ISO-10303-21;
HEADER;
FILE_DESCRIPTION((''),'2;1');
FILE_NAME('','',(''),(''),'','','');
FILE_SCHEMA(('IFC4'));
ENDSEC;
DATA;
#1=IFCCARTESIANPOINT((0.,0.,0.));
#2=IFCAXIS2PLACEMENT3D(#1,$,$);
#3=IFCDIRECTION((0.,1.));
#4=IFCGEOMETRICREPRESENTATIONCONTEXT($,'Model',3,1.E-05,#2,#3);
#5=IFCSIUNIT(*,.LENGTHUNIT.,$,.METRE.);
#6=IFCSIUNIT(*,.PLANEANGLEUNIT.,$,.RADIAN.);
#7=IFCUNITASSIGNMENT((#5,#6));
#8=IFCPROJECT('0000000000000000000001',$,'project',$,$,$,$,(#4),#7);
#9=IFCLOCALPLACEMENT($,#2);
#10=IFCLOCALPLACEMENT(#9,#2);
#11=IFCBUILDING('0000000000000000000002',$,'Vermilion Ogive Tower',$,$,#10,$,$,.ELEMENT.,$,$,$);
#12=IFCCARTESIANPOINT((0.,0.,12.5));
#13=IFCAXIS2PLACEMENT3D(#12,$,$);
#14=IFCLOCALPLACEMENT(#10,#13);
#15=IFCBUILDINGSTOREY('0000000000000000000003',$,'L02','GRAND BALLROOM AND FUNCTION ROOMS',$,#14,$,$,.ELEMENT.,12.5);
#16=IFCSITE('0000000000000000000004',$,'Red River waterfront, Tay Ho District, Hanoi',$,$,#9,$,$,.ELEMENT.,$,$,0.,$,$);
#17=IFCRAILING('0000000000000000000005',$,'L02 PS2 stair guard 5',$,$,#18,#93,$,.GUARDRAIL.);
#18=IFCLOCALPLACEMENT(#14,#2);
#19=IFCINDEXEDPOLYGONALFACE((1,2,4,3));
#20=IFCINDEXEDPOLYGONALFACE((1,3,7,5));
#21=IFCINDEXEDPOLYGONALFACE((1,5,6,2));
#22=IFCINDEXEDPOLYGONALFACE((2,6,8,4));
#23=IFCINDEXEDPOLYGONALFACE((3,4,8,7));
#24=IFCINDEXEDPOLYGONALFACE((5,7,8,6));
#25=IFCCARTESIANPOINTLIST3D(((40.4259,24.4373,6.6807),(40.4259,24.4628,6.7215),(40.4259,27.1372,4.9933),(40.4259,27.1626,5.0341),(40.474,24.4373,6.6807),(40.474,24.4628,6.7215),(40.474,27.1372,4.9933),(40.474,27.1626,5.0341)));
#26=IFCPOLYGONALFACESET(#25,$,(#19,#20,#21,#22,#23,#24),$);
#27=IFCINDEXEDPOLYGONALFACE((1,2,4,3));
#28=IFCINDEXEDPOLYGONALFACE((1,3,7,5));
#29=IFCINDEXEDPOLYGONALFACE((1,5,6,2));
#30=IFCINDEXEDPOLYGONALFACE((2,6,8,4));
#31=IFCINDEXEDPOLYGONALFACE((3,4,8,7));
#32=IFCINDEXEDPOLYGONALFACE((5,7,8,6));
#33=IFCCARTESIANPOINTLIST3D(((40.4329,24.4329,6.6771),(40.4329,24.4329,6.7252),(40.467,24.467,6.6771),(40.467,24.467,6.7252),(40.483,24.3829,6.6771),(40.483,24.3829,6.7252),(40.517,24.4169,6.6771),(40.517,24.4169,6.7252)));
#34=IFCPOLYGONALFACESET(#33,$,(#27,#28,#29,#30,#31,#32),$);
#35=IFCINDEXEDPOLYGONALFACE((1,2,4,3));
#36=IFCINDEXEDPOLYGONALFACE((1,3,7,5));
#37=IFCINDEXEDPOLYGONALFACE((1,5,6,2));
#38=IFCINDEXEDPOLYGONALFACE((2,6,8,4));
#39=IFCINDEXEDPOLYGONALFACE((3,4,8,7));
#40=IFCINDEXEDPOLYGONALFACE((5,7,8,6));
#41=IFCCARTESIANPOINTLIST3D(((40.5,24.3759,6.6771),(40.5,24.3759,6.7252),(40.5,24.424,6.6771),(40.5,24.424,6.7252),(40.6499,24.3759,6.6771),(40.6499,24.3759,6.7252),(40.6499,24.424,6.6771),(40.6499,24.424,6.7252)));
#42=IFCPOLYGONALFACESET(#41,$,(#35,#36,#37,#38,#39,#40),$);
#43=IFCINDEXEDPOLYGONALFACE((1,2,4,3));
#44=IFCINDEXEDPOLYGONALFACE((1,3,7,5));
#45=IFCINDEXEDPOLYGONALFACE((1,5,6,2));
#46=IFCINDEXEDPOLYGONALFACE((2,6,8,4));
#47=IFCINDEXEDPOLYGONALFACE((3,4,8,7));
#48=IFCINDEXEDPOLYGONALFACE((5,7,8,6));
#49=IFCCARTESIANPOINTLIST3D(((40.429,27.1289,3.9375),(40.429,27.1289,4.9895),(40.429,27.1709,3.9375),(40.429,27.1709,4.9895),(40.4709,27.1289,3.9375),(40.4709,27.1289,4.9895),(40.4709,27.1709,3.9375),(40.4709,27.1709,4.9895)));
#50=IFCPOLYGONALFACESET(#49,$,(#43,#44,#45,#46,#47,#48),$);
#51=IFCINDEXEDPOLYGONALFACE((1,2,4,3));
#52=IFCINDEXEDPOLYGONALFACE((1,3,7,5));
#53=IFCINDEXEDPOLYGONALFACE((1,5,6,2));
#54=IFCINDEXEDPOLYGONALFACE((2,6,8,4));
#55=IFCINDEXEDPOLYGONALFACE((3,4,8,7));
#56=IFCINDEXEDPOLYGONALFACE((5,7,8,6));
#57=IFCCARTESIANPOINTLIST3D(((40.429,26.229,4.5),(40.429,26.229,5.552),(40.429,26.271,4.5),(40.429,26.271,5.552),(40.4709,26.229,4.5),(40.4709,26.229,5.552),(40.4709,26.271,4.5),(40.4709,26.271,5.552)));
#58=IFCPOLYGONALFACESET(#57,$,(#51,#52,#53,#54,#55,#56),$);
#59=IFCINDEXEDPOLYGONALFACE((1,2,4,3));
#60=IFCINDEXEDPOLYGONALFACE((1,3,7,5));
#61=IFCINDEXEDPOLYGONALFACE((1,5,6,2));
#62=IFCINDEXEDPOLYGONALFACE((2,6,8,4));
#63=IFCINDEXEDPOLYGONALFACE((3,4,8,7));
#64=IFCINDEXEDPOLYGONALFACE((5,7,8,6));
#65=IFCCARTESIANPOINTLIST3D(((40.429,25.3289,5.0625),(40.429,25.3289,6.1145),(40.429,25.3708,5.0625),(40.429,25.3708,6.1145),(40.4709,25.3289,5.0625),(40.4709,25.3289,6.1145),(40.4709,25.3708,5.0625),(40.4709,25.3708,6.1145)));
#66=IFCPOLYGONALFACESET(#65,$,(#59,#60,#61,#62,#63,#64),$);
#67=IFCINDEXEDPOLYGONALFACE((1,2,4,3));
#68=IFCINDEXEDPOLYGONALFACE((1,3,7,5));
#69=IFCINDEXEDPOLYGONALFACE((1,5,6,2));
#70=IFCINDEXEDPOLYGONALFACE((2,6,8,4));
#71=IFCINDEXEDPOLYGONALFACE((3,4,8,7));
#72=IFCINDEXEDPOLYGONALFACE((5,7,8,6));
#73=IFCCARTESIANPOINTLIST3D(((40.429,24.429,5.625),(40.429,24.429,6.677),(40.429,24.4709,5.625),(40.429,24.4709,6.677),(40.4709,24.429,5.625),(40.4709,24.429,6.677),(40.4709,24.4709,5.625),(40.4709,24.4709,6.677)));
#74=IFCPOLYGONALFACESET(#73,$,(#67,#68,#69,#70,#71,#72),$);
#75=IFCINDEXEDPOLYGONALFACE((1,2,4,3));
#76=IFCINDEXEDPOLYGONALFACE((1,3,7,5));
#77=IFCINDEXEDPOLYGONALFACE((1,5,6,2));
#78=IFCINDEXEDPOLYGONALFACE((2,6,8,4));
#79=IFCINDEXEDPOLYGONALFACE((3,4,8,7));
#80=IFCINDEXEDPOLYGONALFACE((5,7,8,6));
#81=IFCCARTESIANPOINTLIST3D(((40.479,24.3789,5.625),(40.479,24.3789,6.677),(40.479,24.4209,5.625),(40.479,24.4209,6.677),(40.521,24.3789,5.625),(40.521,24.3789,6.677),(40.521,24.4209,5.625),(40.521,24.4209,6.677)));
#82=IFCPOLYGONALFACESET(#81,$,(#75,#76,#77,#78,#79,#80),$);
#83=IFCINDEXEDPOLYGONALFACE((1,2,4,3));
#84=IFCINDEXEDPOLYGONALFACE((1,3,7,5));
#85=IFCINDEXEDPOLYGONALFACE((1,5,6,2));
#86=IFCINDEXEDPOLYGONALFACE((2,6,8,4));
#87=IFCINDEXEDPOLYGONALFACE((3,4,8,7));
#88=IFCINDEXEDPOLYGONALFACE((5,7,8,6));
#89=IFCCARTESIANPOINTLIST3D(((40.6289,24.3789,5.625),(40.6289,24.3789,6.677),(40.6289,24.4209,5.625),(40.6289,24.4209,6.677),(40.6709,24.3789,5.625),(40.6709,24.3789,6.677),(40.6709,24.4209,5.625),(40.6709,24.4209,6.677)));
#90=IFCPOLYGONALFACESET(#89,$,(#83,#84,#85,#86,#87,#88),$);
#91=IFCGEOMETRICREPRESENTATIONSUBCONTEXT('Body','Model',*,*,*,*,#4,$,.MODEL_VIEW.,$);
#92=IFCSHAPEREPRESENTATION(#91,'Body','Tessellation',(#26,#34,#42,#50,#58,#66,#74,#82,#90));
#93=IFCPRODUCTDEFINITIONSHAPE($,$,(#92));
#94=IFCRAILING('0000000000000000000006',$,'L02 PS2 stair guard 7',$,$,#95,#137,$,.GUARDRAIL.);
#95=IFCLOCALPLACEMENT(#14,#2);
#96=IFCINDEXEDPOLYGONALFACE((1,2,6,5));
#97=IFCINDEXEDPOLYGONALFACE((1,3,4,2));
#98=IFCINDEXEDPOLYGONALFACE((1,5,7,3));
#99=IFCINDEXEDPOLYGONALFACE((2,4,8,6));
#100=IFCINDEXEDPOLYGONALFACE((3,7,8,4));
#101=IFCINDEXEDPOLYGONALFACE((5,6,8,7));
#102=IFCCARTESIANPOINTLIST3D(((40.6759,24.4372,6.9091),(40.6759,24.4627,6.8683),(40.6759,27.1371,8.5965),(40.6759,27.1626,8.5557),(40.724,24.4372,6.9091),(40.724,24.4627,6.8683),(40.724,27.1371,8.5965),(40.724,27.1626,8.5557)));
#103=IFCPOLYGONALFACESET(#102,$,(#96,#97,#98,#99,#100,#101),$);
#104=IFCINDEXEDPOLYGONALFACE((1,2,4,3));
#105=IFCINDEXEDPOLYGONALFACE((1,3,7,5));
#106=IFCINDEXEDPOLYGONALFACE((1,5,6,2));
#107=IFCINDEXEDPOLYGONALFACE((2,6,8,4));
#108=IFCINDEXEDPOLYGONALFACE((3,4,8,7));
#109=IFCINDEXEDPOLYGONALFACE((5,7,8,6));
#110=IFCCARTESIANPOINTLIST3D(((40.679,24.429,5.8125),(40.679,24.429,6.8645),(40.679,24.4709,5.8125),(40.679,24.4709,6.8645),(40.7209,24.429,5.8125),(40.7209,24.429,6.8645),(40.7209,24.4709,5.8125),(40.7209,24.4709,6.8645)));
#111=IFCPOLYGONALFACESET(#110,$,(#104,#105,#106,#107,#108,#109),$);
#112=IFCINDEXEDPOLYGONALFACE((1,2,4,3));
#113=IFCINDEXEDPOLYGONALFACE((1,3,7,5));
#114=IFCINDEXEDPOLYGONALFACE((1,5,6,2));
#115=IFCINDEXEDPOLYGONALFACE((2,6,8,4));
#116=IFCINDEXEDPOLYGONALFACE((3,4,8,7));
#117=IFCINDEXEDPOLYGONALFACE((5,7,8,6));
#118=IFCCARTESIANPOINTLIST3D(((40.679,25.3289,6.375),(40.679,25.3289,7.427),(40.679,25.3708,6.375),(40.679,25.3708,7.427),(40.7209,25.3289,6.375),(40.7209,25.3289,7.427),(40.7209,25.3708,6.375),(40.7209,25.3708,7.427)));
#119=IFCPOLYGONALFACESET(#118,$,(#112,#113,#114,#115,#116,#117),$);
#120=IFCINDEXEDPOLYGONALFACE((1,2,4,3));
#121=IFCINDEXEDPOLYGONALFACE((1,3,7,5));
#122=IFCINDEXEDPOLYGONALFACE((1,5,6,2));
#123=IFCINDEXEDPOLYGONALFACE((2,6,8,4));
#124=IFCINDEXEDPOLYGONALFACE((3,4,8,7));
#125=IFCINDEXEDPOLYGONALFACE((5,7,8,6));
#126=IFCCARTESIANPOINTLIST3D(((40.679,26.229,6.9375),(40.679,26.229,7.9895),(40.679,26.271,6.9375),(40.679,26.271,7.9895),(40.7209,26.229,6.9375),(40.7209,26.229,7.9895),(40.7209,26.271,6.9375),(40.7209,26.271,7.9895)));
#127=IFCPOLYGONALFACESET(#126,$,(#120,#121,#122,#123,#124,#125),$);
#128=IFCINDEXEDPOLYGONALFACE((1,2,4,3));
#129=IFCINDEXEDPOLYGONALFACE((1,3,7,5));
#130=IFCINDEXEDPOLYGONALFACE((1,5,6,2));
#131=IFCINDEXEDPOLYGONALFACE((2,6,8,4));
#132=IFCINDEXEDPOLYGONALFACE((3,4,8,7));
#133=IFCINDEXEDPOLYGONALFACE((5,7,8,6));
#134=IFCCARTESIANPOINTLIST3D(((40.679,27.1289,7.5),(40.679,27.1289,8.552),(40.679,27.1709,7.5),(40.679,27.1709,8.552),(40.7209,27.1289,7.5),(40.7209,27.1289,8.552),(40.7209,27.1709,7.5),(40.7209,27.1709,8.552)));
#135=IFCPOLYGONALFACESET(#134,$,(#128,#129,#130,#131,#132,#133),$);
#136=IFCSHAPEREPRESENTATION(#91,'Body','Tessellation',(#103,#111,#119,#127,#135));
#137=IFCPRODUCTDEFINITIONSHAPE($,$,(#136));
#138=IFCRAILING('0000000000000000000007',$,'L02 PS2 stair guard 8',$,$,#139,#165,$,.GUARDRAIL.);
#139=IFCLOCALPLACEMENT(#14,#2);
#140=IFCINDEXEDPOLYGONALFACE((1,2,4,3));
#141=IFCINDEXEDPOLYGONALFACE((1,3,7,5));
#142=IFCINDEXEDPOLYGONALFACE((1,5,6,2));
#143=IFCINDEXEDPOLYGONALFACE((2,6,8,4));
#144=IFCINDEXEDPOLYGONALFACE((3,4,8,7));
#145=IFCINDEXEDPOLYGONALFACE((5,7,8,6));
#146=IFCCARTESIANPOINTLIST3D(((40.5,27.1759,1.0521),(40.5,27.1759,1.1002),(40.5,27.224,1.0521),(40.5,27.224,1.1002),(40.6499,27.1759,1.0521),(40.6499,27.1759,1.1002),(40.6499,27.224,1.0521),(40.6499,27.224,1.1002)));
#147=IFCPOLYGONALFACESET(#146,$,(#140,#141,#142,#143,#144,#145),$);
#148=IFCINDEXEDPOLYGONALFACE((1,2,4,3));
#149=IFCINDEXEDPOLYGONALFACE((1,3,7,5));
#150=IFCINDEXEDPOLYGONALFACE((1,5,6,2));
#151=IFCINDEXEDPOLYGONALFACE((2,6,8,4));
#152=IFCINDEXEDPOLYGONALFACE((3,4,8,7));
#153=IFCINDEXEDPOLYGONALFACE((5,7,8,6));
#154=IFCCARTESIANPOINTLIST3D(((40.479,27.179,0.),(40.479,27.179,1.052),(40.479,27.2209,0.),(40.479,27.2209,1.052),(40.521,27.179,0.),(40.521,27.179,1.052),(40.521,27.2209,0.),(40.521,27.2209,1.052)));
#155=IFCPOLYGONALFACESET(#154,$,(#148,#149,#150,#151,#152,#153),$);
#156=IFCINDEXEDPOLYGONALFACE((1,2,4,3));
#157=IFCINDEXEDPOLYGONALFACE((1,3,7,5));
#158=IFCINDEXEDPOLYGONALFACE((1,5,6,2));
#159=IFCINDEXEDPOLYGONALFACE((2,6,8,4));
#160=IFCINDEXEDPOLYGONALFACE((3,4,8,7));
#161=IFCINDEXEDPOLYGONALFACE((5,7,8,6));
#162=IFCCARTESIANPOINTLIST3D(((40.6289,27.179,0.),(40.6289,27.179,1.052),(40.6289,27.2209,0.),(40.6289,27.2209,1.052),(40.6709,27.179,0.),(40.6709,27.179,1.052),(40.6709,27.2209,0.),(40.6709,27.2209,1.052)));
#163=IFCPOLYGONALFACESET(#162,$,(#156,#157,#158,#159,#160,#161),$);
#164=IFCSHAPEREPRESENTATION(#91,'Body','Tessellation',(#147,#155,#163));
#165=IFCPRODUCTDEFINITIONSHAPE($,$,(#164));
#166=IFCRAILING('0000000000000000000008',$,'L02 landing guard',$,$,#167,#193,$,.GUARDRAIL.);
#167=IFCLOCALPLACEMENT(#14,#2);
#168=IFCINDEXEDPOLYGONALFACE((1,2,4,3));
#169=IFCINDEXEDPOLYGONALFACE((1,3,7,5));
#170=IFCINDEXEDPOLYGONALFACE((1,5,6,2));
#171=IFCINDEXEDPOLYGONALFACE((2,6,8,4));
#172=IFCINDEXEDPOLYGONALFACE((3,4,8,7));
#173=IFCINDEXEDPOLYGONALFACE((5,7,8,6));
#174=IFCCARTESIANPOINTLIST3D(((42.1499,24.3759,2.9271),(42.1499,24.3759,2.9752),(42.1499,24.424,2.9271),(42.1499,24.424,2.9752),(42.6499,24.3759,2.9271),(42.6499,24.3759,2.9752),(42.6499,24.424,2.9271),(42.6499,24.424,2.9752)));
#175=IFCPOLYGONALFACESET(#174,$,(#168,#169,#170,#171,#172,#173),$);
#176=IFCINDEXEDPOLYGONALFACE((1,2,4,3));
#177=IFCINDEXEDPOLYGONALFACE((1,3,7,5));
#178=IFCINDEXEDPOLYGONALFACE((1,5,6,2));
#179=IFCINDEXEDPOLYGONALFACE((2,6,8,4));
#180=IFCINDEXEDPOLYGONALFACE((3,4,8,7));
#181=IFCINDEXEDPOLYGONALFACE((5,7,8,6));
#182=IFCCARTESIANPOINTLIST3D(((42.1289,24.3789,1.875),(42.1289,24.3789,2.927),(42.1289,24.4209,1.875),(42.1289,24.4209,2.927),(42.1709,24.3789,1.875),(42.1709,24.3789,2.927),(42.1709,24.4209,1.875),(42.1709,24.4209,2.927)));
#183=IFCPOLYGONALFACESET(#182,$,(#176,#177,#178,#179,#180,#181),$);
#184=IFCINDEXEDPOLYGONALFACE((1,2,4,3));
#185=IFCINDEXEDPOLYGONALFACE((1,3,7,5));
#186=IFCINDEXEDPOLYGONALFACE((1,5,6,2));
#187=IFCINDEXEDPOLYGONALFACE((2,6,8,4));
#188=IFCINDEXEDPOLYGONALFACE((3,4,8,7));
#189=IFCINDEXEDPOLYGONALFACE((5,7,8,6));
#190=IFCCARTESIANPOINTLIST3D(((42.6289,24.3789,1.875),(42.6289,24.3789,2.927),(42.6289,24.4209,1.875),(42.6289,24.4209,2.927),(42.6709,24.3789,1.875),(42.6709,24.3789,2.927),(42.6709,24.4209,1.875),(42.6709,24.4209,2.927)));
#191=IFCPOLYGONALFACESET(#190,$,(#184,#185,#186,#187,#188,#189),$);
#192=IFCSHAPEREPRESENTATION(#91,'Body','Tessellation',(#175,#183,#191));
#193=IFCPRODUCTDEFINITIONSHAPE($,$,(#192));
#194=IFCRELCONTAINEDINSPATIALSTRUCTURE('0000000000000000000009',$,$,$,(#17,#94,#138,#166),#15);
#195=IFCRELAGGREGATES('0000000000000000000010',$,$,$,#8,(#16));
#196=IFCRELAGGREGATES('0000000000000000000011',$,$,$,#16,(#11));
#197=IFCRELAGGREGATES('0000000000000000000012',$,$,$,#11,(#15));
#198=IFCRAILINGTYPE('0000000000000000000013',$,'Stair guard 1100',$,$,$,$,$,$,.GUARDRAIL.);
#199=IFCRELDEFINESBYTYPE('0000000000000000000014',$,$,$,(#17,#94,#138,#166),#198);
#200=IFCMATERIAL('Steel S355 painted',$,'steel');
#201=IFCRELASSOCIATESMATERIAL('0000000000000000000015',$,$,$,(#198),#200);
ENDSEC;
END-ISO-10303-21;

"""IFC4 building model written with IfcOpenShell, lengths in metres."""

from ifc_helpers import new_model, si_unit, direction, frame, origin, origin_2d, place, context, subcontext, project, spatial, rectangle, extrude, material, type_object, element, save


model = new_model("IFC4")

# Units and contexts
model_context = context("Model", 3, precision=1e-05, world=origin(), true_north=direction((0.0, 1.0)))
body_context = subcontext(model_context, "Body", "Model", "MODEL_VIEW")
ifc_project = project(units=[si_unit("LENGTHUNIT", "METRE"), si_unit("PLANEANGLEUNIT", "RADIAN")], contexts=[model_context])

# Site, building, storey
site_placement = place(None, origin())
site = spatial("IfcSite", under=ifc_project, at=site_placement, Name="Red River waterfront, Tay Ho District, Hanoi", CompositionType="ELEMENT", RefElevation=0.0)
building_placement = place(site_placement, origin())
building = spatial("IfcBuilding", under=site, at=building_placement, Name="Vermilion Ogive Tower", CompositionType="ELEMENT")
storey_placement = place(building_placement, frame((0.0, 0.0, 12.5)))
storey = spatial("IfcBuildingStorey", under=building, at=storey_placement, Name="L02", Description="GRAND BALLROOM AND FUNCTION ROOMS", CompositionType="ELEMENT", Elevation=12.5)

# Railings
ifc_material_1 = material(Name="Steel S355 painted", Category="steel")
railing_type_1 = type_object("IfcRailingType", Name="Stair guard 1100", PredefinedType="GUARDRAIL", material=ifc_material_1)
railing_1_placement = place(storey_placement, frame((40.45, 27.1499, 3.9375)))
element("IfcRailing", 1, at=railing_1_placement, inside=storey, type_object=railing_type_1, Name="L02 PS2 stair guard 5", PredefinedType="GUARDRAIL", context=body_context, shape_type="SweptSolid", body=[
    extrude(rectangle(XDim=0.0481, YDim=0.0481, at=origin_2d()), frame((0.0, 0.0, 1.0762), z_axis=(0.0, -0.847994, 0.530006), x_axis=(1.0, 0.0, 0.0)), (0.0, 0.0, 1.0), 3.1838),
    extrude(rectangle(XDim=0.0481, YDim=0.0481, at=origin_2d()), frame((0.0, -2.7, 2.7637), z_axis=(0.707107, -0.707107, 0.0), x_axis=(0.707107, 0.707107, 0.0)), (0.0, 0.0, 1.0), 0.0708),
    extrude(rectangle(XDim=0.0481, YDim=0.0481, at=origin_2d()), frame((0.05, -2.75, 2.7637), z_axis=(1.0, 0.0, 0.0), x_axis=(0.0, 1.0, 0.0)), (0.0, 0.0, 1.0), 0.1499),
    extrude(rectangle(XDim=0.042, YDim=0.042, at=origin_2d()), origin(), (0.0, 0.0, 1.0), 1.052),
    extrude(rectangle(XDim=0.042, YDim=0.042, at=origin_2d()), frame((0.0, -0.8999, 0.5625)), (0.0, 0.0, 1.0), 1.052),
    extrude(rectangle(XDim=0.042, YDim=0.042, at=origin_2d()), frame((0.0, -1.8, 1.125)), (0.0, 0.0, 1.0), 1.052),
    extrude(rectangle(XDim=0.042, YDim=0.042, at=origin_2d()), frame((0.0, -2.7, 1.6875)), (0.0, 0.0, 1.0), 1.052),
    extrude(rectangle(XDim=0.042, YDim=0.042, at=origin_2d()), frame((0.05, -2.75, 1.6875)), (0.0, 0.0, 1.0), 1.052),
    extrude(rectangle(XDim=0.042, YDim=0.042, at=origin_2d()), frame((0.2, -2.75, 1.6875)), (0.0, 0.0, 1.0), 1.052),
])
railing_2_placement = place(storey_placement, frame((40.7, 24.45, 5.8125)))
element("IfcRailing", 2, at=railing_2_placement, inside=storey, type_object=railing_type_1, Name="L02 PS2 stair guard 7", PredefinedType="GUARDRAIL", context=body_context, shape_type="SweptSolid", body=[
    extrude(rectangle(XDim=0.0481, YDim=0.0481, at=origin_2d()), frame((0.0, 0.0, 1.0762), z_axis=(0.0, 0.847994, 0.530006), x_axis=(-1.0, 0.0, 0.0)), (0.0, 0.0, 1.0), 3.1838),
    extrude(rectangle(XDim=0.042, YDim=0.042, at=origin_2d()), origin(), (0.0, 0.0, 1.0), 1.052),
    extrude(rectangle(XDim=0.042, YDim=0.042, at=origin_2d()), frame((0.0, 0.8999, 0.5625)), (0.0, 0.0, 1.0), 1.052),
    extrude(rectangle(XDim=0.042, YDim=0.042, at=origin_2d()), frame((0.0, 1.8, 1.125)), (0.0, 0.0, 1.0), 1.052),
    extrude(rectangle(XDim=0.042, YDim=0.042, at=origin_2d()), frame((0.0, 2.7, 1.6875)), (0.0, 0.0, 1.0), 1.052),
])
railing_3_placement = place(storey_placement, frame((40.5, 27.2, 0.0)))
element("IfcRailing", 3, at=railing_3_placement, inside=storey, type_object=railing_type_1, Name="L02 PS2 stair guard 8", PredefinedType="GUARDRAIL", context=body_context, shape_type="SweptSolid", body=[
    extrude(rectangle(XDim=0.0481, YDim=0.0481, at=origin_2d()), frame((0.0, 0.0, 1.0762), z_axis=(1.0, 0.0, 0.0), x_axis=(0.0, 1.0, 0.0)), (0.0, 0.0, 1.0), 0.1499),
    extrude(rectangle(XDim=0.042, YDim=0.042, at=origin_2d()), origin(), (0.0, 0.0, 1.0), 1.052),
    extrude(rectangle(XDim=0.042, YDim=0.042, at=origin_2d()), frame((0.1499, 0.0, 0.0)), (0.0, 0.0, 1.0), 1.052),
])
railing_4_placement = place(storey_placement, frame((42.1499, 24.3999, 1.875)))
element("IfcRailing", 4, at=railing_4_placement, inside=storey, type_object=railing_type_1, Name="L02 landing guard", PredefinedType="GUARDRAIL", context=body_context, shape_type="SweptSolid", body=[
    extrude(rectangle(XDim=0.0481, YDim=0.0481, at=origin_2d()), frame((0.0, 0.0, 1.0762), z_axis=(1.0, 0.0, 0.0), x_axis=(0.0, 1.0, 0.0)), (0.0, 0.0, 1.0), 0.5),
    extrude(rectangle(XDim=0.042, YDim=0.042, at=origin_2d()), origin(), (0.0, 0.0, 1.0), 1.052),
    extrude(rectangle(XDim=0.042, YDim=0.042, at=origin_2d()), frame((0.5, 0.0, 0.0)), (0.0, 0.0, 1.0), 1.052),
])

save(model, "model.ifc")
